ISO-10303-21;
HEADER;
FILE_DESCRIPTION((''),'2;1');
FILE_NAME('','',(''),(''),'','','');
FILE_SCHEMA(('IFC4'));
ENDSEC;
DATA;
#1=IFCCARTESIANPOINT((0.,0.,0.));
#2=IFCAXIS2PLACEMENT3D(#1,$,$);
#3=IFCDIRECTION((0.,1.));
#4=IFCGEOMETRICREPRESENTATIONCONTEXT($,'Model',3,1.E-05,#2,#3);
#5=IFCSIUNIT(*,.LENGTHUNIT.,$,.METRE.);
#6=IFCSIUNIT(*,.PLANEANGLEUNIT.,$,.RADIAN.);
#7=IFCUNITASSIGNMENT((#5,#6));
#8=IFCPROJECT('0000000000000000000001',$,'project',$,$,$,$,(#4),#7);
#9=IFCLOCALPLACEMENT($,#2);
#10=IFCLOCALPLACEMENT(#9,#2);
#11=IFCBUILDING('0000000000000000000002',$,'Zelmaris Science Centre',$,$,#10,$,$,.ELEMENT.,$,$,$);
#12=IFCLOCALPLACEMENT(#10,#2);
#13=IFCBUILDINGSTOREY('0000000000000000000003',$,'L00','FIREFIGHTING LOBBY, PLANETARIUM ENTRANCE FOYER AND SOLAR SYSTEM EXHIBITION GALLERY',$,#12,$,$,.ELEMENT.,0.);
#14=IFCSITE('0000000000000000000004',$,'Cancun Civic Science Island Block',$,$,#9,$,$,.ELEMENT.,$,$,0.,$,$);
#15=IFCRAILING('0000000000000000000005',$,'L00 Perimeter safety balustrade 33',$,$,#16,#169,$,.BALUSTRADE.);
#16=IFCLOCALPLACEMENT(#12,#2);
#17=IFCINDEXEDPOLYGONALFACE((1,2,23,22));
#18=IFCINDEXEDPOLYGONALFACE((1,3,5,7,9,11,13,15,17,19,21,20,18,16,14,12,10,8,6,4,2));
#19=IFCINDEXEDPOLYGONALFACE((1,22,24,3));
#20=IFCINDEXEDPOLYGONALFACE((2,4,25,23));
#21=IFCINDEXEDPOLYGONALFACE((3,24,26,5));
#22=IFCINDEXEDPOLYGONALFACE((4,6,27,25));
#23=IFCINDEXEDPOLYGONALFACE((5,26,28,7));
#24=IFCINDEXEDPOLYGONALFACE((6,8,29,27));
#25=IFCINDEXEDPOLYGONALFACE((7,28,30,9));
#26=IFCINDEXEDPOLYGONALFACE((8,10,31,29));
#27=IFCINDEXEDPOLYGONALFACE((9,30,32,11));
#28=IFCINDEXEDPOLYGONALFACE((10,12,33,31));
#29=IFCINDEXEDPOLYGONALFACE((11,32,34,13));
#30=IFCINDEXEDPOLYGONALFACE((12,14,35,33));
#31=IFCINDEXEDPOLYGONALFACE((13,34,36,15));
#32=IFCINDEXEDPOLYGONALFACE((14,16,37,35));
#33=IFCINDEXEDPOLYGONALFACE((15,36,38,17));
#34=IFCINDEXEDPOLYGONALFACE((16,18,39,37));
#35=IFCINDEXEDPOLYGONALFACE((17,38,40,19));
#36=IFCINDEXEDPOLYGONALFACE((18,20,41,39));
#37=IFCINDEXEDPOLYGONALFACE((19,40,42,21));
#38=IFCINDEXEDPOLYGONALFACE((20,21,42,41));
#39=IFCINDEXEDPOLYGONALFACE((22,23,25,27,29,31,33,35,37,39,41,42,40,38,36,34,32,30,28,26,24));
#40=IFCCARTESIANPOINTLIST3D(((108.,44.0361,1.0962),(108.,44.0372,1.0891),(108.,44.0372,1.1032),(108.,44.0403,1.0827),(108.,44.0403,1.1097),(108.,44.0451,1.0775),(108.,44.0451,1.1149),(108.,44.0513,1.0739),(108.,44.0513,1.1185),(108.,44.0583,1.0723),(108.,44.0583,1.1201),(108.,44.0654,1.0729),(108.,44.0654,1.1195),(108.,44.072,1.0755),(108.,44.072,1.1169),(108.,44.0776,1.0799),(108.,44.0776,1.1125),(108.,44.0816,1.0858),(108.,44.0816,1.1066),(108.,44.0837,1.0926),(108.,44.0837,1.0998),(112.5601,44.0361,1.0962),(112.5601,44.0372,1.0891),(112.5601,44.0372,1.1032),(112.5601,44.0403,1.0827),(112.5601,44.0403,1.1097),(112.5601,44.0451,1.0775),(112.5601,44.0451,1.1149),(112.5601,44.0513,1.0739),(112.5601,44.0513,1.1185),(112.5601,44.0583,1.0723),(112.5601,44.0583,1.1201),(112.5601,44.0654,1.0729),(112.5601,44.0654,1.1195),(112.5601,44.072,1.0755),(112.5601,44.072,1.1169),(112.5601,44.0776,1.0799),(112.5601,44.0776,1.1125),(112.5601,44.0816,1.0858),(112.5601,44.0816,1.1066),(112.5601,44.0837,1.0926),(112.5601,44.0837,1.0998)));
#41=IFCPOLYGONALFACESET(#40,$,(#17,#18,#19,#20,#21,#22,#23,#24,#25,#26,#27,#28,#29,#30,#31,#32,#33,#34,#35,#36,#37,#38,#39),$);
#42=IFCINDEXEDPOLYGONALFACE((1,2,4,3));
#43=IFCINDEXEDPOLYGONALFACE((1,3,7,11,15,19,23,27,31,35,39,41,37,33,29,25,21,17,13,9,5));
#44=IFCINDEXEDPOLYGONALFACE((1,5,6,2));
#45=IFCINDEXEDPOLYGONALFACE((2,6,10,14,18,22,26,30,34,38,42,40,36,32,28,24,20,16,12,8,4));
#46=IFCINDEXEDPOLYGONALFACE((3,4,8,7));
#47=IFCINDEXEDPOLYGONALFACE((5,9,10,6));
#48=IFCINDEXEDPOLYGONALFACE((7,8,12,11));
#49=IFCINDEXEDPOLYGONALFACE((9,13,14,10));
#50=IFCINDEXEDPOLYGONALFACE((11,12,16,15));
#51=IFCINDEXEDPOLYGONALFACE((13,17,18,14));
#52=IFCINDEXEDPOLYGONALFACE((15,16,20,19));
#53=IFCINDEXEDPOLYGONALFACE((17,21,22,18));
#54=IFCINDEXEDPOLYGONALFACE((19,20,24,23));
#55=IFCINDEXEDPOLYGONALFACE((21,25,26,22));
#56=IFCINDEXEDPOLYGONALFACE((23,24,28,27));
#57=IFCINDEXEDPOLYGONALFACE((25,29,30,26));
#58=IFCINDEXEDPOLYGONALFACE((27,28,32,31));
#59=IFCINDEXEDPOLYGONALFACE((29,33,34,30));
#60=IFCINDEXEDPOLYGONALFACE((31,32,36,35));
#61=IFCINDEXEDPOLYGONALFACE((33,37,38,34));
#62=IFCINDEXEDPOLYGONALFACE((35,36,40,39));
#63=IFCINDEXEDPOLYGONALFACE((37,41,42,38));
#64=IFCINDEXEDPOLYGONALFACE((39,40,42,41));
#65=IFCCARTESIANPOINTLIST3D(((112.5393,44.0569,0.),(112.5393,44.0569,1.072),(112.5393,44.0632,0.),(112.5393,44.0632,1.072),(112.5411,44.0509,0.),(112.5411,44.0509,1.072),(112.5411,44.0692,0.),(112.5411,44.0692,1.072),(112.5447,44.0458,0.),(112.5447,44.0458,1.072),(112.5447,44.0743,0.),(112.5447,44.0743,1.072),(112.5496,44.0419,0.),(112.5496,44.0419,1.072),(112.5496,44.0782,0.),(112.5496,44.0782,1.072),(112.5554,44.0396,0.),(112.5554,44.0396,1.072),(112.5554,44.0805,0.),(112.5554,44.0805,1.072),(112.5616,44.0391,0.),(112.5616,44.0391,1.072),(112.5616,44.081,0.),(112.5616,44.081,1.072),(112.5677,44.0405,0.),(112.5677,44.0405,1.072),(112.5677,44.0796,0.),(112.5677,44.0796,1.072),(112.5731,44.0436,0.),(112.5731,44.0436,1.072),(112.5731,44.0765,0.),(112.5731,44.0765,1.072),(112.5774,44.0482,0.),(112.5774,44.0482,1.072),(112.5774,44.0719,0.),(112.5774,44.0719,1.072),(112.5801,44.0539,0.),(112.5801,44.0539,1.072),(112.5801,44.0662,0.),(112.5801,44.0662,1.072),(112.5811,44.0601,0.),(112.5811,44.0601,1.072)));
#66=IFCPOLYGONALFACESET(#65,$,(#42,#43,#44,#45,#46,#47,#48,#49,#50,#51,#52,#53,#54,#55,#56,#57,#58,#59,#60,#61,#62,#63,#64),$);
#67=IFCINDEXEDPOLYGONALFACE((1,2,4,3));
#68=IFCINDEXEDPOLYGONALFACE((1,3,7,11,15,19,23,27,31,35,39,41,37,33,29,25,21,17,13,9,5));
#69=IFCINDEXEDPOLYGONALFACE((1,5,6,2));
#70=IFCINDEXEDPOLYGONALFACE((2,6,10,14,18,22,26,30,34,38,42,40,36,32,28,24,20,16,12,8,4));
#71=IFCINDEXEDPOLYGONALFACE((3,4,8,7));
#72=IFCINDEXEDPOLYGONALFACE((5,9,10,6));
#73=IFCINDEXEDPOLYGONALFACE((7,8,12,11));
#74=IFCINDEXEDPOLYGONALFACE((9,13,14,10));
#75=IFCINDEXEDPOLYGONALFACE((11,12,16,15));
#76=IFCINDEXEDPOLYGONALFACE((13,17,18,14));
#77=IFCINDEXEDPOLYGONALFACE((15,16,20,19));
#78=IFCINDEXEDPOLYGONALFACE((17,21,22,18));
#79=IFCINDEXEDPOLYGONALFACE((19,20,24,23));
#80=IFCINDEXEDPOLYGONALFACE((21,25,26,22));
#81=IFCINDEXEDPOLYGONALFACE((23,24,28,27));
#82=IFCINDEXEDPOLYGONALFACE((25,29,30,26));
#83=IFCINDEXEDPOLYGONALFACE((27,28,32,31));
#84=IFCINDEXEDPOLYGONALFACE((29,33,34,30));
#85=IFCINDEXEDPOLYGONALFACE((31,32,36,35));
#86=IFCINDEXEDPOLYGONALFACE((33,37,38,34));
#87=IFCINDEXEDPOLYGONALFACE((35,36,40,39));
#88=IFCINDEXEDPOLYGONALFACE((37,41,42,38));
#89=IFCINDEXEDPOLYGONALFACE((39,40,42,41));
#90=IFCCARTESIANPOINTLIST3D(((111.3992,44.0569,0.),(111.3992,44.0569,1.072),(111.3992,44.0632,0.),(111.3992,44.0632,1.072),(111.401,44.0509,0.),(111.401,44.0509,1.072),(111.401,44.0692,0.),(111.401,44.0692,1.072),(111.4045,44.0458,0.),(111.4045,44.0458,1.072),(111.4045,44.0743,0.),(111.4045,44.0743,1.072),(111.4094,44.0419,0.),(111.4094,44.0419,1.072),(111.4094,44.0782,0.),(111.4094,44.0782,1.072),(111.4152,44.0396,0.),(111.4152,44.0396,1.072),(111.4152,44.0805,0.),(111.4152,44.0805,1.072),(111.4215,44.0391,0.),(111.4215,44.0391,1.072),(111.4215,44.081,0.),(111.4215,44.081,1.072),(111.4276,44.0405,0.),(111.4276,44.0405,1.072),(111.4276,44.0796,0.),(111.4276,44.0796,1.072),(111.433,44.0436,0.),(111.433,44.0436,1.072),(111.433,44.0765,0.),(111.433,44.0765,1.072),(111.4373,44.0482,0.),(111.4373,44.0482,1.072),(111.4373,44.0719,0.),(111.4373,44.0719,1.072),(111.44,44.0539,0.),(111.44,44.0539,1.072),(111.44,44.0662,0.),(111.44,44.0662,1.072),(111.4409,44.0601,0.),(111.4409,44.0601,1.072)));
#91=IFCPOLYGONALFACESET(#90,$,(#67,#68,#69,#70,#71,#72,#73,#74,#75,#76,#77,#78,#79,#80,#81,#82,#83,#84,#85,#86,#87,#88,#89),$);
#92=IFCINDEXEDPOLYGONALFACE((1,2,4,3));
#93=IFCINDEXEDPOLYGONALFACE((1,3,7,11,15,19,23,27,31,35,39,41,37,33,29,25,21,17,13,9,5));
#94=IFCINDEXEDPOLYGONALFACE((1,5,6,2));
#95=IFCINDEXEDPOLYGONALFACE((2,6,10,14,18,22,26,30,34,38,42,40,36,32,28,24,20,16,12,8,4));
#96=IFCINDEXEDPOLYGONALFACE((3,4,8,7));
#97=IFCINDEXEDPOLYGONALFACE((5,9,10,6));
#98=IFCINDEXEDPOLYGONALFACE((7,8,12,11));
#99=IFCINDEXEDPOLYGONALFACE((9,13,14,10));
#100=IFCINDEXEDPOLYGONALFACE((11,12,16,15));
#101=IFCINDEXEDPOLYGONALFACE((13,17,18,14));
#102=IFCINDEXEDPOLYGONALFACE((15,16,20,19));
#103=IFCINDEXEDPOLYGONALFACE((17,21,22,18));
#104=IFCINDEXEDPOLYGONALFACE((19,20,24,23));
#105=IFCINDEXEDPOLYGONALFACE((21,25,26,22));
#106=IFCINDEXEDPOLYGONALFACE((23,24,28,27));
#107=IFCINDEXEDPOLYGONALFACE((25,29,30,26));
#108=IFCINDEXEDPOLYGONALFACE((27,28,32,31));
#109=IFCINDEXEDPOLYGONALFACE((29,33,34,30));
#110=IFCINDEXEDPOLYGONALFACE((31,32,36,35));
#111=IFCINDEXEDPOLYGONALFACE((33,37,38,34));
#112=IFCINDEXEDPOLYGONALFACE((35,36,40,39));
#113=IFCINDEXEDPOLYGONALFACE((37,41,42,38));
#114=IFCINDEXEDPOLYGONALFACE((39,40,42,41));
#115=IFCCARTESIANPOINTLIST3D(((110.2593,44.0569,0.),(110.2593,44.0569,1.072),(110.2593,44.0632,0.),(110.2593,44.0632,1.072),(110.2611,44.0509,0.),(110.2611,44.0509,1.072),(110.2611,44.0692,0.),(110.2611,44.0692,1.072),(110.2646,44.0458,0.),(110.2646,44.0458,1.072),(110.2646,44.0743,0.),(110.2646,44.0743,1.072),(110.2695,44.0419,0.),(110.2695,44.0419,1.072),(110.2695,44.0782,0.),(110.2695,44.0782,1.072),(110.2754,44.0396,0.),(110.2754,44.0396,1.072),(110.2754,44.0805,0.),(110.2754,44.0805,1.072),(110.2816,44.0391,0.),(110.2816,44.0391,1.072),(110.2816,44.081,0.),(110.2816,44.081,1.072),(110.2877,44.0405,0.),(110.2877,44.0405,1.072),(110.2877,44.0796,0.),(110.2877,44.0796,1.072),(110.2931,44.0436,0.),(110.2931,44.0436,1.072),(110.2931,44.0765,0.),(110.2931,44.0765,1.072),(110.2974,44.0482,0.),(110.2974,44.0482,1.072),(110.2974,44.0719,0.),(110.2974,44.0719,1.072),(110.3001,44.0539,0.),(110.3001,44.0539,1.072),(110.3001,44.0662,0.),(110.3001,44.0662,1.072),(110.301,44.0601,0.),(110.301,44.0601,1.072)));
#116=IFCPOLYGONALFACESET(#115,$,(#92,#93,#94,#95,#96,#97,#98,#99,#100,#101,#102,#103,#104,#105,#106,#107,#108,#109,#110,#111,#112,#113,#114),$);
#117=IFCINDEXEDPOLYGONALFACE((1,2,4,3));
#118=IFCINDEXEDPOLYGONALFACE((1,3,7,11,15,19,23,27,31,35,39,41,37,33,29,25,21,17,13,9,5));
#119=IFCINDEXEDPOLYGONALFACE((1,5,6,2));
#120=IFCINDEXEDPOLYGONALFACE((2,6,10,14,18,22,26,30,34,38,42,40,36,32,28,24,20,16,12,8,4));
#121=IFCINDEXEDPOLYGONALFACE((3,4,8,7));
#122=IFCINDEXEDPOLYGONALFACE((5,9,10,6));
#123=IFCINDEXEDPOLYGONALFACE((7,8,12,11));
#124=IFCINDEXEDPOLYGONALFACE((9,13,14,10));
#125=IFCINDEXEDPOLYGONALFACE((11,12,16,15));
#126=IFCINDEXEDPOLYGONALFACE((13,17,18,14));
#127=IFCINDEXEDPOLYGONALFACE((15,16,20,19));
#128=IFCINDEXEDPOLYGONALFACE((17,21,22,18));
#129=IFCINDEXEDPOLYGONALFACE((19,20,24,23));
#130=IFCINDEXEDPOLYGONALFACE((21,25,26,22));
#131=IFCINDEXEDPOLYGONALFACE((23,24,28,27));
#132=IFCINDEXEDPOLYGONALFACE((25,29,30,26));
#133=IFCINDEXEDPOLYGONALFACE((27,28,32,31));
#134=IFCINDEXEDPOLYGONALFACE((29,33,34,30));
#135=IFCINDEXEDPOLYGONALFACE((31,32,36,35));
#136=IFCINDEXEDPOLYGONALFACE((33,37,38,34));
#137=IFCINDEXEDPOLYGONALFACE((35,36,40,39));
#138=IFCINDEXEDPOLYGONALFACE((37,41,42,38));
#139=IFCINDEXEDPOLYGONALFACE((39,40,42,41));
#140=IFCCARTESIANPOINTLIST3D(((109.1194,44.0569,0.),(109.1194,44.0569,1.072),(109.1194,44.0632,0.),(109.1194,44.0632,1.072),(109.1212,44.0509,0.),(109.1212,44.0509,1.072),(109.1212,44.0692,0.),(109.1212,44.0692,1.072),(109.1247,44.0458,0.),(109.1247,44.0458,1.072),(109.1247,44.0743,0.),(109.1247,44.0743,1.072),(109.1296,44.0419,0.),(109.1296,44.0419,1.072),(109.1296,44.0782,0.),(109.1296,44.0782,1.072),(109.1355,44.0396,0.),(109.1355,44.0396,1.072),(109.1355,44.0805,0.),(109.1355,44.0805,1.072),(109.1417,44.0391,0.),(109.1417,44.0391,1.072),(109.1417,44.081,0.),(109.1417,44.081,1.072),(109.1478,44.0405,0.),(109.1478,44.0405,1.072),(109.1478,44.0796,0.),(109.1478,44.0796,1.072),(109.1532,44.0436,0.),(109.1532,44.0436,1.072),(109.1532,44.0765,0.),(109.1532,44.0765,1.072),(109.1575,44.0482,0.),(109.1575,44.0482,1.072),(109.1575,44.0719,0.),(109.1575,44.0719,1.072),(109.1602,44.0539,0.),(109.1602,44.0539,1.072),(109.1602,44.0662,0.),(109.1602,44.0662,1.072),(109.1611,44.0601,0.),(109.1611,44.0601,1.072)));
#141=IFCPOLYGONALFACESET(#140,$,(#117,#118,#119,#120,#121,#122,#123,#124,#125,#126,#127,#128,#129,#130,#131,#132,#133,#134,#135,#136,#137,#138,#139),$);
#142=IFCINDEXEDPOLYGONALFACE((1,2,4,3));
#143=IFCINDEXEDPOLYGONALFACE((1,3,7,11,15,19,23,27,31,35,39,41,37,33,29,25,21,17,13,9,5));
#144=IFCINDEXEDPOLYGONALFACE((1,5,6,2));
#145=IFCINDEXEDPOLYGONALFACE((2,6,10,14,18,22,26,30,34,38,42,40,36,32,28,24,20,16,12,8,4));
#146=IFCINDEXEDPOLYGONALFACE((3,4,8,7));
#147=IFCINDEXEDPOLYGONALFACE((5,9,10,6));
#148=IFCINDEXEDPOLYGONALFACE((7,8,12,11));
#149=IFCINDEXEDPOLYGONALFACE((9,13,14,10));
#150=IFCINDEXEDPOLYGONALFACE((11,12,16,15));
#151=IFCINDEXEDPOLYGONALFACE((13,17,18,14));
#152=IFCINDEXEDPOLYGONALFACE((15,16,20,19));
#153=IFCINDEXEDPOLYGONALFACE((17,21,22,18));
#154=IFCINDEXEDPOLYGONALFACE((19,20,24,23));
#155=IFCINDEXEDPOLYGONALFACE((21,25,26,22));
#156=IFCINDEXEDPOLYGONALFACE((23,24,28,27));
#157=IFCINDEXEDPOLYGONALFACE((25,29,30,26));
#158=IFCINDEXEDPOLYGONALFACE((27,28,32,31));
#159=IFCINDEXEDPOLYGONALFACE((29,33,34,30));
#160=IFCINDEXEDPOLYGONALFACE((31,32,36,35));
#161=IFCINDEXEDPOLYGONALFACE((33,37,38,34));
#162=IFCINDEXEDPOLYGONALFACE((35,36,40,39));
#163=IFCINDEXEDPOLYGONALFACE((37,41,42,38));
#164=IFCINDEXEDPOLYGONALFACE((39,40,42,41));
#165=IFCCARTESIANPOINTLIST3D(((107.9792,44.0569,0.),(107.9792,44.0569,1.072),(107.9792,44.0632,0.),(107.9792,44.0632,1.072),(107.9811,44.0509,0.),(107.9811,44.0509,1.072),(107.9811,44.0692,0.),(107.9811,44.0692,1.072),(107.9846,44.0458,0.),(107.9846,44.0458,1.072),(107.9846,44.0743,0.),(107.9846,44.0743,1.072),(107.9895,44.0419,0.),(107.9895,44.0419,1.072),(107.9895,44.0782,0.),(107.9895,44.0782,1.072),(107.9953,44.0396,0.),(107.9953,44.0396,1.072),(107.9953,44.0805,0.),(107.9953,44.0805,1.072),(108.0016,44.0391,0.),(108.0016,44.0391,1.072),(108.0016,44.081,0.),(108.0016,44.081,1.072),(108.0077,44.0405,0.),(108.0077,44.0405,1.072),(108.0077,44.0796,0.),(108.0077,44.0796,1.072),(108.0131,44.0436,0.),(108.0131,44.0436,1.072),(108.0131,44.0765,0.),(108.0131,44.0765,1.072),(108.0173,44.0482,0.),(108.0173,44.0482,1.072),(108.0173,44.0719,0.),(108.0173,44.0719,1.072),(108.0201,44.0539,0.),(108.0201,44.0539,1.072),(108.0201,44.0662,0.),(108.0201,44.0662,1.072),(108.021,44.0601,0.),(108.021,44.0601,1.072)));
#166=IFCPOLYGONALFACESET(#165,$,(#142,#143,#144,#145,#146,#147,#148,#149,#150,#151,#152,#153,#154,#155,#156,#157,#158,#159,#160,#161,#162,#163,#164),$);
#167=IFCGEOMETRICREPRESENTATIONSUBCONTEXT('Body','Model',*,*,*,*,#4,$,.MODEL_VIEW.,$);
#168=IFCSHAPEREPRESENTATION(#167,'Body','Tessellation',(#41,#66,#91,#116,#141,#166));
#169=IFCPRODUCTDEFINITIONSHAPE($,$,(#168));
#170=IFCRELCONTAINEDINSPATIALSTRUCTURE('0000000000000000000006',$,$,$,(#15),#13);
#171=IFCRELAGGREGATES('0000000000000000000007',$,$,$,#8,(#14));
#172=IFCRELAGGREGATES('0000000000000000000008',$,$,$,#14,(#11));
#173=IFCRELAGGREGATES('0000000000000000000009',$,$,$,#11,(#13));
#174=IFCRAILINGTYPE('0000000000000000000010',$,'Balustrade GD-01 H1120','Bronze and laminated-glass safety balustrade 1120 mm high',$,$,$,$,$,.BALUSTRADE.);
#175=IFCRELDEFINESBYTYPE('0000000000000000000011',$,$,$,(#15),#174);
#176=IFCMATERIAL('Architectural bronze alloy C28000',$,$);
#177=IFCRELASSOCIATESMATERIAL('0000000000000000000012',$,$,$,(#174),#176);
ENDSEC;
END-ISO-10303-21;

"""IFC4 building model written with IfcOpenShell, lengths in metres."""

from ifc_helpers import new_model, si_unit, direction, frame, origin, origin_2d, place, context, subcontext, project, spatial, circle, extrude, material, type_object, element, save


model = new_model("IFC4")

# Units and contexts
model_context = context("Model", 3, precision=1e-05, world=origin(), true_north=direction((0.0, 1.0)))
body_context = subcontext(model_context, "Body", "Model", "MODEL_VIEW")
ifc_project = project(units=[si_unit("LENGTHUNIT", "METRE"), si_unit("PLANEANGLEUNIT", "RADIAN")], contexts=[model_context])

# Site, building, storey
site_placement = place(None, origin())
site = spatial("IfcSite", under=ifc_project, at=site_placement, Name="Cancun Civic Science Island Block", CompositionType="ELEMENT", RefElevation=0.0)
building_placement = place(site_placement, origin())
building = spatial("IfcBuilding", under=site, at=building_placement, Name="Zelmaris Science Centre", CompositionType="ELEMENT")
storey_placement = place(building_placement, origin())
storey = spatial("IfcBuildingStorey", under=building, at=storey_placement, Name="L00", Description="FIREFIGHTING LOBBY, PLANETARIUM ENTRANCE FOYER AND SOLAR SYSTEM EXHIBITION GALLERY", CompositionType="ELEMENT", Elevation=0.0)

# Shared definitions
ifc_material_1 = material(Name="Architectural bronze alloy C28000")

# Railing
railing_type = type_object("IfcRailingType", Name="Balustrade GD-01 H1120", Description="Bronze and laminated-glass safety balustrade 1120 mm high", PredefinedType="BALUSTRADE", material=ifc_material_1)
railing_1_placement = place(storey_placement, frame((112.5601, 44.0601, 0.0)))
element("IfcRailing", 1, at=railing_1_placement, inside=storey, type_object=railing_type, Name="L00 Perimeter safety balustrade 33", PredefinedType="BALUSTRADE", context=body_context, shape_type="SweptSolid", body=[
    extrude(circle(Radius=0.0239, at=origin_2d()), frame((0.0, 0.0, 1.0962), z_axis=(-1.0, 0.0, 0.0), x_axis=(0.0, -1.0, 0.0)), (0.0, 0.0, 1.0), 4.5601),
    extrude(circle(Radius=0.021, at=origin_2d()), origin(), (0.0, 0.0, 1.0), 1.072),
    extrude(circle(Radius=0.021, at=origin_2d()), frame((-1.1401, 0.0, 0.0)), (0.0, 0.0, 1.0), 1.072),
    extrude(circle(Radius=0.021, at=origin_2d()), frame((-2.28, 0.0, 0.0)), (0.0, 0.0, 1.0), 1.072),
    extrude(circle(Radius=0.021, at=origin_2d()), frame((-3.4199, 0.0, 0.0)), (0.0, 0.0, 1.0), 1.072),
    extrude(circle(Radius=0.021, at=origin_2d()), frame((-4.5601, 0.0, 0.0)), (0.0, 0.0, 1.0), 1.072),
])

save(model, "model.ifc")
